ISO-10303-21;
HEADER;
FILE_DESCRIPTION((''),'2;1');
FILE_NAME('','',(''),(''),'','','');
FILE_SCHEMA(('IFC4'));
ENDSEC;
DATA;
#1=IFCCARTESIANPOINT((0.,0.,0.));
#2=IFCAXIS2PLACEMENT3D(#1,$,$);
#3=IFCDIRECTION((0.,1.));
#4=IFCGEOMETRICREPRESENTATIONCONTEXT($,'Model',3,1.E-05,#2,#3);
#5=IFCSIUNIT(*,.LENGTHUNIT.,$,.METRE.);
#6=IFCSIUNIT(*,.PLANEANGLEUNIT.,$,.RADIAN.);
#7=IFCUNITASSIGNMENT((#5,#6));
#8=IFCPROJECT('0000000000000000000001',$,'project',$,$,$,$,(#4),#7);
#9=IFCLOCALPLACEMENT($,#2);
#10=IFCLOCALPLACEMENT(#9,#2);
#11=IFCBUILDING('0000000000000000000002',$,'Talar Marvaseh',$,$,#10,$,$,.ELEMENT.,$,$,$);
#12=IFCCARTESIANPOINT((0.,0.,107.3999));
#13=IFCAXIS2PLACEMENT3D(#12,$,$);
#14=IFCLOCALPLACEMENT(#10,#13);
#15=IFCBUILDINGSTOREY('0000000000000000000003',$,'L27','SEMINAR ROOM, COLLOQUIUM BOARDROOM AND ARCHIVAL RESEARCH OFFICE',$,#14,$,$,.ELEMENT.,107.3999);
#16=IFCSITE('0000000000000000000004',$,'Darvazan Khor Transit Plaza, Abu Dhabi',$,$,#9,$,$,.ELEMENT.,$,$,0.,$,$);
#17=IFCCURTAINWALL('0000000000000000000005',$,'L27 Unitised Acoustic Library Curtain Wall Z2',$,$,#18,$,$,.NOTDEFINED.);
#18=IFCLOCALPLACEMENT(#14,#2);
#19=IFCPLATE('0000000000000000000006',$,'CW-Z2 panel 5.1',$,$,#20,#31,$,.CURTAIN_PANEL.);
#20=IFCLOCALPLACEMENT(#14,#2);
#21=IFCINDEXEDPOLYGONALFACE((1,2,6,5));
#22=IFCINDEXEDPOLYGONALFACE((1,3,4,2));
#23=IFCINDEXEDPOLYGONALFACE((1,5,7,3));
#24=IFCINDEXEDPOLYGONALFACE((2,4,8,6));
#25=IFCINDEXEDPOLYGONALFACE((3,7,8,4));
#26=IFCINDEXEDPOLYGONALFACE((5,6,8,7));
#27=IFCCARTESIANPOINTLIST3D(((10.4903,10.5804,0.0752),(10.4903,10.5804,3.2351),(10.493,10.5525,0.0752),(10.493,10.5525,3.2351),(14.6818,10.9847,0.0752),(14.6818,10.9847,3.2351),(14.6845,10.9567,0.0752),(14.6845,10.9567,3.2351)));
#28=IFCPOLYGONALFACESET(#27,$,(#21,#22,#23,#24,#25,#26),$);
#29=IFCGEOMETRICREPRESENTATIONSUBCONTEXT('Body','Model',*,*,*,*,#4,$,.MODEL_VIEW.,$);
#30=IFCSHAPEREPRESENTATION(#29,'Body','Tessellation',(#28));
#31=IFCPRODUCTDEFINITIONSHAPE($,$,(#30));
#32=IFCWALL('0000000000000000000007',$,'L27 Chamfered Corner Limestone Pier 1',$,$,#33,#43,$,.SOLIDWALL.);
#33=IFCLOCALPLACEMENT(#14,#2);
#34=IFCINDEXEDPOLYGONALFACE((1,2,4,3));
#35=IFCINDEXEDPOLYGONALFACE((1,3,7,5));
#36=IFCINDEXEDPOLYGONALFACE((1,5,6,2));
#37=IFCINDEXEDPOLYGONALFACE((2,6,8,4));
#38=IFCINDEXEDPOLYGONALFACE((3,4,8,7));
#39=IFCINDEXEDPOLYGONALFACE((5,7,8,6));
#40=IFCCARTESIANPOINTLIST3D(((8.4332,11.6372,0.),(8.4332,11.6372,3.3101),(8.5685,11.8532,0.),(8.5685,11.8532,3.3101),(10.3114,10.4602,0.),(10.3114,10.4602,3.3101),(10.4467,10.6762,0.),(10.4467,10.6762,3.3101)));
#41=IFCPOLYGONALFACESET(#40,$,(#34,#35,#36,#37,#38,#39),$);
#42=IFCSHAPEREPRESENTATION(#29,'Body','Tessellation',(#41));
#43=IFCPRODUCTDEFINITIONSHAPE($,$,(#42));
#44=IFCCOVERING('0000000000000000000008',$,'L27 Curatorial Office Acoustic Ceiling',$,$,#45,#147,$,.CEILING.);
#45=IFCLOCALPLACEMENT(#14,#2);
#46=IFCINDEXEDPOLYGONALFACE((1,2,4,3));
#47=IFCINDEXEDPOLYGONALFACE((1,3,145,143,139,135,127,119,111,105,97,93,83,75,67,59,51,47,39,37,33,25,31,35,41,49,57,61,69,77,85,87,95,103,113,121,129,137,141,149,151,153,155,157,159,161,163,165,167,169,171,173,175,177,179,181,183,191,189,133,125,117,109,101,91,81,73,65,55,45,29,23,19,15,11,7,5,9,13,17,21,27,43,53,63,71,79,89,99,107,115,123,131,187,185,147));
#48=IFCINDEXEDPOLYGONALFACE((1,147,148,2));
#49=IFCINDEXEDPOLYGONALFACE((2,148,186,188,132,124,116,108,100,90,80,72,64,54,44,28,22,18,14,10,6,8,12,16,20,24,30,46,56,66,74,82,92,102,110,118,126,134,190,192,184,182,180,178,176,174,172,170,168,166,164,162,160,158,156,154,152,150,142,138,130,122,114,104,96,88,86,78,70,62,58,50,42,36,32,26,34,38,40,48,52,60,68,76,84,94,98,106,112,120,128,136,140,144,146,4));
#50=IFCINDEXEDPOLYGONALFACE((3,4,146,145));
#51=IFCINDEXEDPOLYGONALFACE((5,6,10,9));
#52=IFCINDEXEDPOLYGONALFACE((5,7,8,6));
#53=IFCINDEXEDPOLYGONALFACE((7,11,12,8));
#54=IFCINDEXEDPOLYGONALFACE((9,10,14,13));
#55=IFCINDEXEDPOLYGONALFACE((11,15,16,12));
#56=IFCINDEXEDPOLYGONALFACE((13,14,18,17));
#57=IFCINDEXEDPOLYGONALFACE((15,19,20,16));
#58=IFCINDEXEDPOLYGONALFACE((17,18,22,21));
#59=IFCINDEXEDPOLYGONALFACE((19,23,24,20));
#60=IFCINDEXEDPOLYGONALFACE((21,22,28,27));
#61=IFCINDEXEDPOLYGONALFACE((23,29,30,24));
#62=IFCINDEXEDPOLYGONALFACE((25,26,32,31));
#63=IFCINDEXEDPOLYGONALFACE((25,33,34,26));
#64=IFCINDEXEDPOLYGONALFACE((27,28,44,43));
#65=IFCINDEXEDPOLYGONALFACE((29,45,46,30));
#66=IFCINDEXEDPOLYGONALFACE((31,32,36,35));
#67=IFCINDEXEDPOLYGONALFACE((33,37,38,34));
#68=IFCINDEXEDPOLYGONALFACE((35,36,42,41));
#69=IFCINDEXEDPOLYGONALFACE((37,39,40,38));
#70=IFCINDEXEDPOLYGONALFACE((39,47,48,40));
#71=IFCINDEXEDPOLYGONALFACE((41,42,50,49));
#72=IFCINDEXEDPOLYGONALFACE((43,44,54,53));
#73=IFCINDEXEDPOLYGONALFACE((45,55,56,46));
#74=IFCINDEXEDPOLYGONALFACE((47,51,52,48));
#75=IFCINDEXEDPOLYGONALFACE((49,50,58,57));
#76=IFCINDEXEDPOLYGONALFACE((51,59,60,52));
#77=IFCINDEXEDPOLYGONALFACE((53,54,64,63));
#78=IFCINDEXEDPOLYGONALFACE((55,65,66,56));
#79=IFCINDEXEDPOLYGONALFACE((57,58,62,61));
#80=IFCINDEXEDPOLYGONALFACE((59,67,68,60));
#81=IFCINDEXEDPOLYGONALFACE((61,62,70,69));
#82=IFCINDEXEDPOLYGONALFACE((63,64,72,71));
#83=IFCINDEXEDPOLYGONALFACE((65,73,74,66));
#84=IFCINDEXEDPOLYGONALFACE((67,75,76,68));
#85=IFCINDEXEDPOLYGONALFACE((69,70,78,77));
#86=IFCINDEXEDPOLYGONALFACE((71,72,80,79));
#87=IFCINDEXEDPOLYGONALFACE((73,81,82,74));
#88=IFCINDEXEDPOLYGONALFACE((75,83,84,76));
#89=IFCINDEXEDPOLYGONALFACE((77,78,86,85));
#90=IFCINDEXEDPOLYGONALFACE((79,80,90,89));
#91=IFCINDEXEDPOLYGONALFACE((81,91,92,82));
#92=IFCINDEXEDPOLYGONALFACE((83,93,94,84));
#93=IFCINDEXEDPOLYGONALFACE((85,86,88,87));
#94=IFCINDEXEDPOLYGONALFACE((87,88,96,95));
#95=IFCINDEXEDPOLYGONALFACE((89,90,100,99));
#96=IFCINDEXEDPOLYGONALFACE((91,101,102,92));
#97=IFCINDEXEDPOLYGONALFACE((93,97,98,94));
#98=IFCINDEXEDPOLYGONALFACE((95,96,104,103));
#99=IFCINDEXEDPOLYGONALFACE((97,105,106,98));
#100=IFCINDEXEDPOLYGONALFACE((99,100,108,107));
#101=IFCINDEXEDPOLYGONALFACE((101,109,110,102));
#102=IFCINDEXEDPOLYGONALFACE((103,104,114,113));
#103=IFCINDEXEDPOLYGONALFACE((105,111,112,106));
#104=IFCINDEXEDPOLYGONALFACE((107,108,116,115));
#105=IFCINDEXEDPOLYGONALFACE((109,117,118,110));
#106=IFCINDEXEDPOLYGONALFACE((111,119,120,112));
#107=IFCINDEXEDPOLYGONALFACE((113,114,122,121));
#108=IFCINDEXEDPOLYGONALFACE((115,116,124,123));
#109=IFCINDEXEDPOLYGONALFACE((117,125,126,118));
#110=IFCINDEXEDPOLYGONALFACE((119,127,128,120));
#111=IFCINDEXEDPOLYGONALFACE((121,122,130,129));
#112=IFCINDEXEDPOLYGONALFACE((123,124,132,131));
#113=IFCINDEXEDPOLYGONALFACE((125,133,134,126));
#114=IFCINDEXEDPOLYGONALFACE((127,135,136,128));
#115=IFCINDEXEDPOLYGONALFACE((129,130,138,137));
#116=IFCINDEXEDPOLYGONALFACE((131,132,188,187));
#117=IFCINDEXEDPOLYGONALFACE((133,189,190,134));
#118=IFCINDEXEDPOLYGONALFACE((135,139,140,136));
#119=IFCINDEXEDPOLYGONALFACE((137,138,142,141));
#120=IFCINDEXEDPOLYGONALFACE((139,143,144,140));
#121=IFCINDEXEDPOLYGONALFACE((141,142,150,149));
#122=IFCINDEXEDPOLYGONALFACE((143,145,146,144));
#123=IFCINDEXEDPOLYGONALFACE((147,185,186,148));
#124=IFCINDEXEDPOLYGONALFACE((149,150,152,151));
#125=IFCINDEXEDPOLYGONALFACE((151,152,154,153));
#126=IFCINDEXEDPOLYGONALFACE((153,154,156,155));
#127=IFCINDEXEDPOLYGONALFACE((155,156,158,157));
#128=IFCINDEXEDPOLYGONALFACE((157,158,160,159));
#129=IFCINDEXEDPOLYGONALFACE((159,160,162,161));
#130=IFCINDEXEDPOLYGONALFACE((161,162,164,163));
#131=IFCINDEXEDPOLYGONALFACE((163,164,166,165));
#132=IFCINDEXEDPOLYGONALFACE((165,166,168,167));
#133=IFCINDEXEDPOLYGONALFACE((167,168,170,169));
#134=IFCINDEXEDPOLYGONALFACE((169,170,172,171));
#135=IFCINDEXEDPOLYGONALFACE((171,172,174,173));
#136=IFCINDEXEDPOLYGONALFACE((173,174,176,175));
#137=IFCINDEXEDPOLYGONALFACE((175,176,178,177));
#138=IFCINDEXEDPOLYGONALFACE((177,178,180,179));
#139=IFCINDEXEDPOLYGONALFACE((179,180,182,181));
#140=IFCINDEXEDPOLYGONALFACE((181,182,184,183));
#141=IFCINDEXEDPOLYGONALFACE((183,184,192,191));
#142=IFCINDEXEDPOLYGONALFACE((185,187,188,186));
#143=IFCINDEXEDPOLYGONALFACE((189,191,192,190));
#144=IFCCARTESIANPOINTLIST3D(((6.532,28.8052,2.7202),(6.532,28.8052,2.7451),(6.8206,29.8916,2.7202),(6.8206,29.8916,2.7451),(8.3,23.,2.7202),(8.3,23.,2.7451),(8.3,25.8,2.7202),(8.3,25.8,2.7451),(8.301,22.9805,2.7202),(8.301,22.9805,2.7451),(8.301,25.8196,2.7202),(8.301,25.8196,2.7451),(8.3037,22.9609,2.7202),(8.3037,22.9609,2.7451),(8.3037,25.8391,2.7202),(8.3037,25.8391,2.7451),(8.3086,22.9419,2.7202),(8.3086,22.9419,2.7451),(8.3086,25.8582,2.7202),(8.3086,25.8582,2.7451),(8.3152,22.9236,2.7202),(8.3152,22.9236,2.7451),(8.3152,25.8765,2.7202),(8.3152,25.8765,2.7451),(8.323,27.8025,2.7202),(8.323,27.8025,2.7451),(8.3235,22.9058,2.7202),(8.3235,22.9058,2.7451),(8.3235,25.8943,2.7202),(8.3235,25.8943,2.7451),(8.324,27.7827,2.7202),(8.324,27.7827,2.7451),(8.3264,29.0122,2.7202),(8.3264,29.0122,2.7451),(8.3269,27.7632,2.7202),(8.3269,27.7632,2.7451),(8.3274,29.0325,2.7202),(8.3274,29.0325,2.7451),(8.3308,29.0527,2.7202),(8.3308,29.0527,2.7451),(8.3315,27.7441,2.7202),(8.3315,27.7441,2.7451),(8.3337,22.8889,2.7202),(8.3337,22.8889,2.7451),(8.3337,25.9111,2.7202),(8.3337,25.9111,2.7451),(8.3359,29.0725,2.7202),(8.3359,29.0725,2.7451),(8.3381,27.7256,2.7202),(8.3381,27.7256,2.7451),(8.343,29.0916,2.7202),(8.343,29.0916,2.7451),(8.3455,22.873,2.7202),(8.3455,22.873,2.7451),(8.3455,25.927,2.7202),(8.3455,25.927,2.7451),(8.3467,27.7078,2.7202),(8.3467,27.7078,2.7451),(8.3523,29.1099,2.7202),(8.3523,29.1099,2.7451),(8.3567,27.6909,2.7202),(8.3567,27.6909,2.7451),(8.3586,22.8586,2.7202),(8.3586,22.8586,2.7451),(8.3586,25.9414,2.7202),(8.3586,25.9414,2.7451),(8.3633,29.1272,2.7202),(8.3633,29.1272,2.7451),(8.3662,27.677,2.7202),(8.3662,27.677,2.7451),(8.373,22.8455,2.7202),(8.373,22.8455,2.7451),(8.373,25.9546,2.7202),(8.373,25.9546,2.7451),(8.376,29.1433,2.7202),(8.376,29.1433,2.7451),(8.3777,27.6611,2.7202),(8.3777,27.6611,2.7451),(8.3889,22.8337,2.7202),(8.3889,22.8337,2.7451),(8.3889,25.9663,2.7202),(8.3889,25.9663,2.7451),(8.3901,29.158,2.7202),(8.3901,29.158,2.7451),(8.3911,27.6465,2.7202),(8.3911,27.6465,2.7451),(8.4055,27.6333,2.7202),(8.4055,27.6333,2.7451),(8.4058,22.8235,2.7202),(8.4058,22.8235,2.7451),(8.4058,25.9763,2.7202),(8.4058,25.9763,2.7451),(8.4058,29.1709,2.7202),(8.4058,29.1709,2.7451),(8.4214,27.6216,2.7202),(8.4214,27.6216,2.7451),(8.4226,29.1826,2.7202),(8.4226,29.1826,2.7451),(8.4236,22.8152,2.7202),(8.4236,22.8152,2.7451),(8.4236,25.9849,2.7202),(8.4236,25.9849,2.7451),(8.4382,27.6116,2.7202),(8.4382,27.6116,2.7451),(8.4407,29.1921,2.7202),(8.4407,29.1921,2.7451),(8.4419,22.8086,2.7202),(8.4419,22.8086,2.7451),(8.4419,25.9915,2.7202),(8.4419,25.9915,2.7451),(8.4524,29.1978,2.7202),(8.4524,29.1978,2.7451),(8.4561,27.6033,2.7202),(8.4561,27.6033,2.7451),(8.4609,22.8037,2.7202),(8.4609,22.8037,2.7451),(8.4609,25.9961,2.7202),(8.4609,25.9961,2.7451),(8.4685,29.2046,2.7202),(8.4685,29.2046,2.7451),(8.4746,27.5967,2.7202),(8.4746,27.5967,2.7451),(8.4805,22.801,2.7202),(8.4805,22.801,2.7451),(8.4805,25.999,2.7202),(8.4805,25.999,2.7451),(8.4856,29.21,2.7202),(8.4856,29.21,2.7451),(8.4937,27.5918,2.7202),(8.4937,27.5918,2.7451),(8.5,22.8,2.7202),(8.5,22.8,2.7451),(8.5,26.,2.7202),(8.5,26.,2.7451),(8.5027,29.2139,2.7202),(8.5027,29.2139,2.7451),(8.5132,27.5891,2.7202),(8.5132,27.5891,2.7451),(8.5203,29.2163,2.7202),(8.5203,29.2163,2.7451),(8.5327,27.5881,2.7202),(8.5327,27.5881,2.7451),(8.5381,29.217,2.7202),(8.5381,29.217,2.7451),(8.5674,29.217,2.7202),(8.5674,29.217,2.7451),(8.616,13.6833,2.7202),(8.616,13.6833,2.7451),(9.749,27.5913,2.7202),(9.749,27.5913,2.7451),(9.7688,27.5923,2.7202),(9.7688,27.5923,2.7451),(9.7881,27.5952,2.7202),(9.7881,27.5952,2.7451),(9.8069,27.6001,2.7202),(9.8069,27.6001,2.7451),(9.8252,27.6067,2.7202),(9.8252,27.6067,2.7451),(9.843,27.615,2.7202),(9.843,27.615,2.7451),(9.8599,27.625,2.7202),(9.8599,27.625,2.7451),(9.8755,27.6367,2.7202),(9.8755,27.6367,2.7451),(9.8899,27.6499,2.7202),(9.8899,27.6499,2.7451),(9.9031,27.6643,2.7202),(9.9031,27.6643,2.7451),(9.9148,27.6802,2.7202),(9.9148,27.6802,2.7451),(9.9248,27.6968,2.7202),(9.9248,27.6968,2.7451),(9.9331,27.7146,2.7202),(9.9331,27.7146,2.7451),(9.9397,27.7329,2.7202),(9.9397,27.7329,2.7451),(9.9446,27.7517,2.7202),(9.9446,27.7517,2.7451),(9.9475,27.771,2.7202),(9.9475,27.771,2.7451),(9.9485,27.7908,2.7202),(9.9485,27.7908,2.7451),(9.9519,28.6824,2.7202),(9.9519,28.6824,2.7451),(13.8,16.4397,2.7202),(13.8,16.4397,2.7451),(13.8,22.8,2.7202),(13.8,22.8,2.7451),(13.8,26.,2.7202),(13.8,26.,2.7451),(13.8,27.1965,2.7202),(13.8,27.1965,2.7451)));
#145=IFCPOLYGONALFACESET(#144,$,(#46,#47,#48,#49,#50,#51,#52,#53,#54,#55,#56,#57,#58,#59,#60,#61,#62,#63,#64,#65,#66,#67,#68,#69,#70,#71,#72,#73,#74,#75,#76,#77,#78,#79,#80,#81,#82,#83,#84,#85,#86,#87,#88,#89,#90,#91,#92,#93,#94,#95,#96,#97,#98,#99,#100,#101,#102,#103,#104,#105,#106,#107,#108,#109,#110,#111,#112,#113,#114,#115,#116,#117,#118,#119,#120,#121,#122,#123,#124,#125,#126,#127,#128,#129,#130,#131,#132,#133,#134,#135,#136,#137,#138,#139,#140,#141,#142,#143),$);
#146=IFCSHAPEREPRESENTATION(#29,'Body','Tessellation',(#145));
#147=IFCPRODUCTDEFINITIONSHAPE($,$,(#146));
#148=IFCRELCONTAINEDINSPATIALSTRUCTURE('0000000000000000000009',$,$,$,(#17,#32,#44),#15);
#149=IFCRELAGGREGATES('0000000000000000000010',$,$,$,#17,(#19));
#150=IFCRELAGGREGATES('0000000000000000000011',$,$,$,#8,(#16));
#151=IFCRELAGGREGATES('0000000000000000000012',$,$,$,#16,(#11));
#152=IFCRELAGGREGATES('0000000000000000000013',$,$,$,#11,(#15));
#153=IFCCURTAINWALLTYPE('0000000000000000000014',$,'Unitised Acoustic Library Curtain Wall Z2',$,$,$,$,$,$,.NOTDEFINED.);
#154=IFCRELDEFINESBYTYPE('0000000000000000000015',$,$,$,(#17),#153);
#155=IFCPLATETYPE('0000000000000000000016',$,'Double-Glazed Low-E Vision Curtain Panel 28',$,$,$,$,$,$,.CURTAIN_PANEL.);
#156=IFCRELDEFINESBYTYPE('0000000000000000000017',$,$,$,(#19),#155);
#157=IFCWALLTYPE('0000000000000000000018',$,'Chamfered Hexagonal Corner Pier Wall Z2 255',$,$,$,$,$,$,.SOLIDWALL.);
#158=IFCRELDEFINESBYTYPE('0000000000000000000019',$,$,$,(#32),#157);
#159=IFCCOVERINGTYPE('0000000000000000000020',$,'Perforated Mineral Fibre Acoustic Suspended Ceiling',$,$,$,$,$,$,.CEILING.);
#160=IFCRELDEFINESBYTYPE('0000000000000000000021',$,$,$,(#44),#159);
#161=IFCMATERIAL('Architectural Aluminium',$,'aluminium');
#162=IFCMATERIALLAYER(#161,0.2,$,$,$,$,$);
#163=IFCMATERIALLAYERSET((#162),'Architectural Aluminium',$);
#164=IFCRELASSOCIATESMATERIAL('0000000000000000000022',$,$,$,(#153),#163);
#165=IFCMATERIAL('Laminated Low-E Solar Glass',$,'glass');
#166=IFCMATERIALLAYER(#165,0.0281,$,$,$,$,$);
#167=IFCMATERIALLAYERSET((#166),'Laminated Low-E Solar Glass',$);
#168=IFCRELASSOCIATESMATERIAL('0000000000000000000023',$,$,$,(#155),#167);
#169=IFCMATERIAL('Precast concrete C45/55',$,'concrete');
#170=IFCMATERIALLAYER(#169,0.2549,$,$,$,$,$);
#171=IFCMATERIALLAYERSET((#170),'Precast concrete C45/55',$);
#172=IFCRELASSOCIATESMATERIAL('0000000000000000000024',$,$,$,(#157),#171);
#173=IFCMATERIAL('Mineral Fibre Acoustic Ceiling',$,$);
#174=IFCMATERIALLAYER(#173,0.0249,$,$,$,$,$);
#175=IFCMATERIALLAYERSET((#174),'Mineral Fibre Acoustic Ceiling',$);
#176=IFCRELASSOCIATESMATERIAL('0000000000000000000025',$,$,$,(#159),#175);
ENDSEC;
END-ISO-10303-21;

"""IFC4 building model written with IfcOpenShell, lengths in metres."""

from ifc_helpers import new_model, si_unit, direction, frame, frame_2d, origin, origin_2d, place, context, subcontext, project, spatial, polyline, rectangle, outline, extrude, source, transform, mapped, material, layer, layer_set, type_object, type_shapes, element, aggregate, save


model = new_model("IFC4")

# Units and contexts
model_context = context("Model", 3, precision=1e-05, world=origin(), true_north=direction((0.0, 1.0)))
body_context = subcontext(model_context, "Body", "Model", "MODEL_VIEW")
ifc_project = project(units=[si_unit("LENGTHUNIT", "METRE"), si_unit("PLANEANGLEUNIT", "RADIAN")], contexts=[model_context])

# Site, building, storey
site_placement = place(None, origin())
site = spatial("IfcSite", under=ifc_project, at=site_placement, Name="Darvazan Khor Transit Plaza, Abu Dhabi", CompositionType="ELEMENT", RefElevation=0.0)
building_placement = place(site_placement, origin())
building = spatial("IfcBuilding", under=site, at=building_placement, Name="Talar Marvaseh", CompositionType="ELEMENT")
storey_placement = place(building_placement, frame((0.0, 0.0, 107.3999)))
storey = spatial("IfcBuildingStorey", under=building, at=storey_placement, Name="L27", Description="SEMINAR ROOM, COLLOQUIUM BOARDROOM AND ARCHIVAL RESEARCH OFFICE", CompositionType="ELEMENT", Elevation=107.3999)

# Curtain wall
ifc_material_1 = material(Name="Architectural Aluminium", Category="aluminium")
ifc_layer_1 = layer(ifc_material_1, 0.2)
ifc_layer_set_1 = layer_set([ifc_layer_1], Name="Architectural Aluminium")
curtain_wall_type = type_object("IfcCurtainWallType", Name="Unitised Acoustic Library Curtain Wall Z2", PredefinedType="NOTDEFINED", material=ifc_layer_set_1)
curtain_wall_1_placement = place(storey_placement, origin())
curtain_wall_1 = element("IfcCurtainWall", 1, at=curtain_wall_1_placement, inside=storey, type_object=curtain_wall_type, Name="L27 Unitised Acoustic Library Curtain Wall Z2", PredefinedType="NOTDEFINED")

# Plate
ifc_material_2 = material(Name="Laminated Low-E Solar Glass", Category="glass")
ifc_layer_2 = layer(ifc_material_2, 0.0281)
ifc_layer_set_2 = layer_set([ifc_layer_2], Name="Laminated Low-E Solar Glass")
plate_type = type_object("IfcPlateType", Name="Double-Glazed Low-E Vision Curtain Panel 28", PredefinedType="CURTAIN_PANEL", material=ifc_layer_set_2)
shared_shape_1 = source(origin(), body_context, "Body", "SweptSolid", [
    extrude(rectangle(XDim=4.2109, YDim=0.0281, at=origin_2d()), origin(), (0.0, 0.0, 1.0), 3.1599),
])
type_shapes(plate_type, [shared_shape_1])
plate_placement = place(storey_placement, frame((12.5874, 10.7686, 0.0752), z_axis=(0.0, 0.0, 1.0), x_axis=(-0.995381, -0.096, 0.0)))
plate = element("IfcPlate", 2, at=plate_placement, type_object=plate_type, Name="CW-Z2 panel 5.1", PredefinedType="CURTAIN_PANEL", context=body_context, shape_type="MappedRepresentation", body=[
    mapped(shared_shape_1, transform((0.0, 0.0, 0.0), x_axis=(1.0, 0.0, 0.0), y_axis=(0.0, 1.0, 0.0), z_axis=(0.0, 0.0, 1.0), scale=1.0)),
])
aggregate(curtain_wall_1, [plate])

# Wall
ifc_material_3 = material(Name="Precast concrete C45/55", Category="concrete")
ifc_layer_3 = layer(ifc_material_3, 0.2549)
ifc_layer_set_3 = layer_set([ifc_layer_3], Name="Precast concrete C45/55")
wall_type = type_object("IfcWallType", Name="Chamfered Hexagonal Corner Pier Wall Z2 255", PredefinedType="SOLIDWALL", material=ifc_layer_set_3)
wall_placement = place(storey_placement, frame((10.3792, 10.5681, 0.0), z_axis=(0.0, 0.0, 1.0), x_axis=(-0.84736, 0.531018, 0.0)))
element("IfcWall", 3, at=wall_placement, inside=storey, type_object=wall_type, Name="L27 Chamfered Corner Limestone Pier 1", PredefinedType="SOLIDWALL", context=body_context, shape_type="SweptSolid", body=[
    extrude(rectangle(XDim=2.2166, YDim=0.2549, at=frame_2d((1.1084, 0.0))), origin(), (0.0, 0.0, 1.0), 3.3101),
])

# Covering
ifc_material_4 = material(Name="Mineral Fibre Acoustic Ceiling")
ifc_layer_4 = layer(ifc_material_4, 0.0249)
ifc_layer_set_4 = layer_set([ifc_layer_4], Name="Mineral Fibre Acoustic Ceiling")
covering_type_1 = type_object("IfcCoveringType", Name="Perforated Mineral Fibre Acoustic Suspended Ceiling", PredefinedType="CEILING", material=ifc_layer_set_4)
covering_1_placement = place(storey_placement, frame((0.0, 0.0, 2.7202)))
element("IfcCovering", 4, at=covering_1_placement, inside=storey, type_object=covering_type_1, Name="L27 Curatorial Office Acoustic Ceiling", PredefinedType="CEILING", context=body_context, shape_type="SweptSolid", body=[
    extrude(outline(polyline([(6.8206, 29.8916), (8.5674, 29.217), (8.5381, 29.217), (8.5203, 29.2163), (8.5027, 29.2139), (8.4856, 29.21), (8.4685, 29.2046), (8.4524, 29.1978), (8.4407, 29.1921), (8.4226, 29.1826), (8.4058, 29.1709), (8.3901, 29.158), (8.376, 29.1433), (8.3633, 29.1272), (8.3523, 29.1099), (8.343, 29.0916), (8.3359, 29.0725), (8.3308, 29.0527), (8.3274, 29.0325), (8.3264, 29.0122), (8.323, 27.8025), (8.324, 27.7827), (8.3269, 27.7632), (8.3315, 27.7441), (8.3381, 27.7256), (8.3467, 27.7078), (8.3567, 27.6909), (8.3662, 27.677), (8.3777, 27.6611), (8.3911, 27.6465), (8.4055, 27.6333), (8.4214, 27.6216), (8.4382, 27.6116), (8.4561, 27.6033), (8.4746, 27.5967), (8.4937, 27.5918), (8.5132, 27.5891), (8.5327, 27.5881), (9.749, 27.5913), (9.7688, 27.5923), (9.7881, 27.5952), (9.8069, 27.6001), (9.8252, 27.6067), (9.843, 27.615), (9.8599, 27.625), (9.8755, 27.6367), (9.8899, 27.6499), (9.9031, 27.6643), (9.9148, 27.6802), (9.9248, 27.6968), (9.9331, 27.7146), (9.9397, 27.7329), (9.9446, 27.7517), (9.9475, 27.771), (9.9485, 27.7908), (9.9519, 28.6824), (13.8, 27.1965), (13.8, 26.0), (8.5, 26.0), (8.4805, 25.999), (8.4609, 25.9961), (8.4419, 25.9915), (8.4236, 25.9849), (8.4058, 25.9763), (8.3889, 25.9663), (8.373, 25.9546), (8.3586, 25.9414), (8.3455, 25.927), (8.3337, 25.9111), (8.3235, 25.8943), (8.3152, 25.8765), (8.3086, 25.8582), (8.3037, 25.8391), (8.301, 25.8196), (8.3, 25.8), (8.3, 23.0), (8.301, 22.9805), (8.3037, 22.9609), (8.3086, 22.9419), (8.3152, 22.9236), (8.3235, 22.9058), (8.3337, 22.8889), (8.3455, 22.873), (8.3586, 22.8586), (8.373, 22.8455), (8.3889, 22.8337), (8.4058, 22.8235), (8.4236, 22.8152), (8.4419, 22.8086), (8.4609, 22.8037), (8.4805, 22.801), (8.5, 22.8), (13.8, 22.8), (13.8, 16.4397), (8.616, 13.6833), (6.532, 28.8052), (6.8206, 29.8916)])), origin(), (0.0, 0.0, 1.0), 0.0249),
])

save(model, "model.ifc")
